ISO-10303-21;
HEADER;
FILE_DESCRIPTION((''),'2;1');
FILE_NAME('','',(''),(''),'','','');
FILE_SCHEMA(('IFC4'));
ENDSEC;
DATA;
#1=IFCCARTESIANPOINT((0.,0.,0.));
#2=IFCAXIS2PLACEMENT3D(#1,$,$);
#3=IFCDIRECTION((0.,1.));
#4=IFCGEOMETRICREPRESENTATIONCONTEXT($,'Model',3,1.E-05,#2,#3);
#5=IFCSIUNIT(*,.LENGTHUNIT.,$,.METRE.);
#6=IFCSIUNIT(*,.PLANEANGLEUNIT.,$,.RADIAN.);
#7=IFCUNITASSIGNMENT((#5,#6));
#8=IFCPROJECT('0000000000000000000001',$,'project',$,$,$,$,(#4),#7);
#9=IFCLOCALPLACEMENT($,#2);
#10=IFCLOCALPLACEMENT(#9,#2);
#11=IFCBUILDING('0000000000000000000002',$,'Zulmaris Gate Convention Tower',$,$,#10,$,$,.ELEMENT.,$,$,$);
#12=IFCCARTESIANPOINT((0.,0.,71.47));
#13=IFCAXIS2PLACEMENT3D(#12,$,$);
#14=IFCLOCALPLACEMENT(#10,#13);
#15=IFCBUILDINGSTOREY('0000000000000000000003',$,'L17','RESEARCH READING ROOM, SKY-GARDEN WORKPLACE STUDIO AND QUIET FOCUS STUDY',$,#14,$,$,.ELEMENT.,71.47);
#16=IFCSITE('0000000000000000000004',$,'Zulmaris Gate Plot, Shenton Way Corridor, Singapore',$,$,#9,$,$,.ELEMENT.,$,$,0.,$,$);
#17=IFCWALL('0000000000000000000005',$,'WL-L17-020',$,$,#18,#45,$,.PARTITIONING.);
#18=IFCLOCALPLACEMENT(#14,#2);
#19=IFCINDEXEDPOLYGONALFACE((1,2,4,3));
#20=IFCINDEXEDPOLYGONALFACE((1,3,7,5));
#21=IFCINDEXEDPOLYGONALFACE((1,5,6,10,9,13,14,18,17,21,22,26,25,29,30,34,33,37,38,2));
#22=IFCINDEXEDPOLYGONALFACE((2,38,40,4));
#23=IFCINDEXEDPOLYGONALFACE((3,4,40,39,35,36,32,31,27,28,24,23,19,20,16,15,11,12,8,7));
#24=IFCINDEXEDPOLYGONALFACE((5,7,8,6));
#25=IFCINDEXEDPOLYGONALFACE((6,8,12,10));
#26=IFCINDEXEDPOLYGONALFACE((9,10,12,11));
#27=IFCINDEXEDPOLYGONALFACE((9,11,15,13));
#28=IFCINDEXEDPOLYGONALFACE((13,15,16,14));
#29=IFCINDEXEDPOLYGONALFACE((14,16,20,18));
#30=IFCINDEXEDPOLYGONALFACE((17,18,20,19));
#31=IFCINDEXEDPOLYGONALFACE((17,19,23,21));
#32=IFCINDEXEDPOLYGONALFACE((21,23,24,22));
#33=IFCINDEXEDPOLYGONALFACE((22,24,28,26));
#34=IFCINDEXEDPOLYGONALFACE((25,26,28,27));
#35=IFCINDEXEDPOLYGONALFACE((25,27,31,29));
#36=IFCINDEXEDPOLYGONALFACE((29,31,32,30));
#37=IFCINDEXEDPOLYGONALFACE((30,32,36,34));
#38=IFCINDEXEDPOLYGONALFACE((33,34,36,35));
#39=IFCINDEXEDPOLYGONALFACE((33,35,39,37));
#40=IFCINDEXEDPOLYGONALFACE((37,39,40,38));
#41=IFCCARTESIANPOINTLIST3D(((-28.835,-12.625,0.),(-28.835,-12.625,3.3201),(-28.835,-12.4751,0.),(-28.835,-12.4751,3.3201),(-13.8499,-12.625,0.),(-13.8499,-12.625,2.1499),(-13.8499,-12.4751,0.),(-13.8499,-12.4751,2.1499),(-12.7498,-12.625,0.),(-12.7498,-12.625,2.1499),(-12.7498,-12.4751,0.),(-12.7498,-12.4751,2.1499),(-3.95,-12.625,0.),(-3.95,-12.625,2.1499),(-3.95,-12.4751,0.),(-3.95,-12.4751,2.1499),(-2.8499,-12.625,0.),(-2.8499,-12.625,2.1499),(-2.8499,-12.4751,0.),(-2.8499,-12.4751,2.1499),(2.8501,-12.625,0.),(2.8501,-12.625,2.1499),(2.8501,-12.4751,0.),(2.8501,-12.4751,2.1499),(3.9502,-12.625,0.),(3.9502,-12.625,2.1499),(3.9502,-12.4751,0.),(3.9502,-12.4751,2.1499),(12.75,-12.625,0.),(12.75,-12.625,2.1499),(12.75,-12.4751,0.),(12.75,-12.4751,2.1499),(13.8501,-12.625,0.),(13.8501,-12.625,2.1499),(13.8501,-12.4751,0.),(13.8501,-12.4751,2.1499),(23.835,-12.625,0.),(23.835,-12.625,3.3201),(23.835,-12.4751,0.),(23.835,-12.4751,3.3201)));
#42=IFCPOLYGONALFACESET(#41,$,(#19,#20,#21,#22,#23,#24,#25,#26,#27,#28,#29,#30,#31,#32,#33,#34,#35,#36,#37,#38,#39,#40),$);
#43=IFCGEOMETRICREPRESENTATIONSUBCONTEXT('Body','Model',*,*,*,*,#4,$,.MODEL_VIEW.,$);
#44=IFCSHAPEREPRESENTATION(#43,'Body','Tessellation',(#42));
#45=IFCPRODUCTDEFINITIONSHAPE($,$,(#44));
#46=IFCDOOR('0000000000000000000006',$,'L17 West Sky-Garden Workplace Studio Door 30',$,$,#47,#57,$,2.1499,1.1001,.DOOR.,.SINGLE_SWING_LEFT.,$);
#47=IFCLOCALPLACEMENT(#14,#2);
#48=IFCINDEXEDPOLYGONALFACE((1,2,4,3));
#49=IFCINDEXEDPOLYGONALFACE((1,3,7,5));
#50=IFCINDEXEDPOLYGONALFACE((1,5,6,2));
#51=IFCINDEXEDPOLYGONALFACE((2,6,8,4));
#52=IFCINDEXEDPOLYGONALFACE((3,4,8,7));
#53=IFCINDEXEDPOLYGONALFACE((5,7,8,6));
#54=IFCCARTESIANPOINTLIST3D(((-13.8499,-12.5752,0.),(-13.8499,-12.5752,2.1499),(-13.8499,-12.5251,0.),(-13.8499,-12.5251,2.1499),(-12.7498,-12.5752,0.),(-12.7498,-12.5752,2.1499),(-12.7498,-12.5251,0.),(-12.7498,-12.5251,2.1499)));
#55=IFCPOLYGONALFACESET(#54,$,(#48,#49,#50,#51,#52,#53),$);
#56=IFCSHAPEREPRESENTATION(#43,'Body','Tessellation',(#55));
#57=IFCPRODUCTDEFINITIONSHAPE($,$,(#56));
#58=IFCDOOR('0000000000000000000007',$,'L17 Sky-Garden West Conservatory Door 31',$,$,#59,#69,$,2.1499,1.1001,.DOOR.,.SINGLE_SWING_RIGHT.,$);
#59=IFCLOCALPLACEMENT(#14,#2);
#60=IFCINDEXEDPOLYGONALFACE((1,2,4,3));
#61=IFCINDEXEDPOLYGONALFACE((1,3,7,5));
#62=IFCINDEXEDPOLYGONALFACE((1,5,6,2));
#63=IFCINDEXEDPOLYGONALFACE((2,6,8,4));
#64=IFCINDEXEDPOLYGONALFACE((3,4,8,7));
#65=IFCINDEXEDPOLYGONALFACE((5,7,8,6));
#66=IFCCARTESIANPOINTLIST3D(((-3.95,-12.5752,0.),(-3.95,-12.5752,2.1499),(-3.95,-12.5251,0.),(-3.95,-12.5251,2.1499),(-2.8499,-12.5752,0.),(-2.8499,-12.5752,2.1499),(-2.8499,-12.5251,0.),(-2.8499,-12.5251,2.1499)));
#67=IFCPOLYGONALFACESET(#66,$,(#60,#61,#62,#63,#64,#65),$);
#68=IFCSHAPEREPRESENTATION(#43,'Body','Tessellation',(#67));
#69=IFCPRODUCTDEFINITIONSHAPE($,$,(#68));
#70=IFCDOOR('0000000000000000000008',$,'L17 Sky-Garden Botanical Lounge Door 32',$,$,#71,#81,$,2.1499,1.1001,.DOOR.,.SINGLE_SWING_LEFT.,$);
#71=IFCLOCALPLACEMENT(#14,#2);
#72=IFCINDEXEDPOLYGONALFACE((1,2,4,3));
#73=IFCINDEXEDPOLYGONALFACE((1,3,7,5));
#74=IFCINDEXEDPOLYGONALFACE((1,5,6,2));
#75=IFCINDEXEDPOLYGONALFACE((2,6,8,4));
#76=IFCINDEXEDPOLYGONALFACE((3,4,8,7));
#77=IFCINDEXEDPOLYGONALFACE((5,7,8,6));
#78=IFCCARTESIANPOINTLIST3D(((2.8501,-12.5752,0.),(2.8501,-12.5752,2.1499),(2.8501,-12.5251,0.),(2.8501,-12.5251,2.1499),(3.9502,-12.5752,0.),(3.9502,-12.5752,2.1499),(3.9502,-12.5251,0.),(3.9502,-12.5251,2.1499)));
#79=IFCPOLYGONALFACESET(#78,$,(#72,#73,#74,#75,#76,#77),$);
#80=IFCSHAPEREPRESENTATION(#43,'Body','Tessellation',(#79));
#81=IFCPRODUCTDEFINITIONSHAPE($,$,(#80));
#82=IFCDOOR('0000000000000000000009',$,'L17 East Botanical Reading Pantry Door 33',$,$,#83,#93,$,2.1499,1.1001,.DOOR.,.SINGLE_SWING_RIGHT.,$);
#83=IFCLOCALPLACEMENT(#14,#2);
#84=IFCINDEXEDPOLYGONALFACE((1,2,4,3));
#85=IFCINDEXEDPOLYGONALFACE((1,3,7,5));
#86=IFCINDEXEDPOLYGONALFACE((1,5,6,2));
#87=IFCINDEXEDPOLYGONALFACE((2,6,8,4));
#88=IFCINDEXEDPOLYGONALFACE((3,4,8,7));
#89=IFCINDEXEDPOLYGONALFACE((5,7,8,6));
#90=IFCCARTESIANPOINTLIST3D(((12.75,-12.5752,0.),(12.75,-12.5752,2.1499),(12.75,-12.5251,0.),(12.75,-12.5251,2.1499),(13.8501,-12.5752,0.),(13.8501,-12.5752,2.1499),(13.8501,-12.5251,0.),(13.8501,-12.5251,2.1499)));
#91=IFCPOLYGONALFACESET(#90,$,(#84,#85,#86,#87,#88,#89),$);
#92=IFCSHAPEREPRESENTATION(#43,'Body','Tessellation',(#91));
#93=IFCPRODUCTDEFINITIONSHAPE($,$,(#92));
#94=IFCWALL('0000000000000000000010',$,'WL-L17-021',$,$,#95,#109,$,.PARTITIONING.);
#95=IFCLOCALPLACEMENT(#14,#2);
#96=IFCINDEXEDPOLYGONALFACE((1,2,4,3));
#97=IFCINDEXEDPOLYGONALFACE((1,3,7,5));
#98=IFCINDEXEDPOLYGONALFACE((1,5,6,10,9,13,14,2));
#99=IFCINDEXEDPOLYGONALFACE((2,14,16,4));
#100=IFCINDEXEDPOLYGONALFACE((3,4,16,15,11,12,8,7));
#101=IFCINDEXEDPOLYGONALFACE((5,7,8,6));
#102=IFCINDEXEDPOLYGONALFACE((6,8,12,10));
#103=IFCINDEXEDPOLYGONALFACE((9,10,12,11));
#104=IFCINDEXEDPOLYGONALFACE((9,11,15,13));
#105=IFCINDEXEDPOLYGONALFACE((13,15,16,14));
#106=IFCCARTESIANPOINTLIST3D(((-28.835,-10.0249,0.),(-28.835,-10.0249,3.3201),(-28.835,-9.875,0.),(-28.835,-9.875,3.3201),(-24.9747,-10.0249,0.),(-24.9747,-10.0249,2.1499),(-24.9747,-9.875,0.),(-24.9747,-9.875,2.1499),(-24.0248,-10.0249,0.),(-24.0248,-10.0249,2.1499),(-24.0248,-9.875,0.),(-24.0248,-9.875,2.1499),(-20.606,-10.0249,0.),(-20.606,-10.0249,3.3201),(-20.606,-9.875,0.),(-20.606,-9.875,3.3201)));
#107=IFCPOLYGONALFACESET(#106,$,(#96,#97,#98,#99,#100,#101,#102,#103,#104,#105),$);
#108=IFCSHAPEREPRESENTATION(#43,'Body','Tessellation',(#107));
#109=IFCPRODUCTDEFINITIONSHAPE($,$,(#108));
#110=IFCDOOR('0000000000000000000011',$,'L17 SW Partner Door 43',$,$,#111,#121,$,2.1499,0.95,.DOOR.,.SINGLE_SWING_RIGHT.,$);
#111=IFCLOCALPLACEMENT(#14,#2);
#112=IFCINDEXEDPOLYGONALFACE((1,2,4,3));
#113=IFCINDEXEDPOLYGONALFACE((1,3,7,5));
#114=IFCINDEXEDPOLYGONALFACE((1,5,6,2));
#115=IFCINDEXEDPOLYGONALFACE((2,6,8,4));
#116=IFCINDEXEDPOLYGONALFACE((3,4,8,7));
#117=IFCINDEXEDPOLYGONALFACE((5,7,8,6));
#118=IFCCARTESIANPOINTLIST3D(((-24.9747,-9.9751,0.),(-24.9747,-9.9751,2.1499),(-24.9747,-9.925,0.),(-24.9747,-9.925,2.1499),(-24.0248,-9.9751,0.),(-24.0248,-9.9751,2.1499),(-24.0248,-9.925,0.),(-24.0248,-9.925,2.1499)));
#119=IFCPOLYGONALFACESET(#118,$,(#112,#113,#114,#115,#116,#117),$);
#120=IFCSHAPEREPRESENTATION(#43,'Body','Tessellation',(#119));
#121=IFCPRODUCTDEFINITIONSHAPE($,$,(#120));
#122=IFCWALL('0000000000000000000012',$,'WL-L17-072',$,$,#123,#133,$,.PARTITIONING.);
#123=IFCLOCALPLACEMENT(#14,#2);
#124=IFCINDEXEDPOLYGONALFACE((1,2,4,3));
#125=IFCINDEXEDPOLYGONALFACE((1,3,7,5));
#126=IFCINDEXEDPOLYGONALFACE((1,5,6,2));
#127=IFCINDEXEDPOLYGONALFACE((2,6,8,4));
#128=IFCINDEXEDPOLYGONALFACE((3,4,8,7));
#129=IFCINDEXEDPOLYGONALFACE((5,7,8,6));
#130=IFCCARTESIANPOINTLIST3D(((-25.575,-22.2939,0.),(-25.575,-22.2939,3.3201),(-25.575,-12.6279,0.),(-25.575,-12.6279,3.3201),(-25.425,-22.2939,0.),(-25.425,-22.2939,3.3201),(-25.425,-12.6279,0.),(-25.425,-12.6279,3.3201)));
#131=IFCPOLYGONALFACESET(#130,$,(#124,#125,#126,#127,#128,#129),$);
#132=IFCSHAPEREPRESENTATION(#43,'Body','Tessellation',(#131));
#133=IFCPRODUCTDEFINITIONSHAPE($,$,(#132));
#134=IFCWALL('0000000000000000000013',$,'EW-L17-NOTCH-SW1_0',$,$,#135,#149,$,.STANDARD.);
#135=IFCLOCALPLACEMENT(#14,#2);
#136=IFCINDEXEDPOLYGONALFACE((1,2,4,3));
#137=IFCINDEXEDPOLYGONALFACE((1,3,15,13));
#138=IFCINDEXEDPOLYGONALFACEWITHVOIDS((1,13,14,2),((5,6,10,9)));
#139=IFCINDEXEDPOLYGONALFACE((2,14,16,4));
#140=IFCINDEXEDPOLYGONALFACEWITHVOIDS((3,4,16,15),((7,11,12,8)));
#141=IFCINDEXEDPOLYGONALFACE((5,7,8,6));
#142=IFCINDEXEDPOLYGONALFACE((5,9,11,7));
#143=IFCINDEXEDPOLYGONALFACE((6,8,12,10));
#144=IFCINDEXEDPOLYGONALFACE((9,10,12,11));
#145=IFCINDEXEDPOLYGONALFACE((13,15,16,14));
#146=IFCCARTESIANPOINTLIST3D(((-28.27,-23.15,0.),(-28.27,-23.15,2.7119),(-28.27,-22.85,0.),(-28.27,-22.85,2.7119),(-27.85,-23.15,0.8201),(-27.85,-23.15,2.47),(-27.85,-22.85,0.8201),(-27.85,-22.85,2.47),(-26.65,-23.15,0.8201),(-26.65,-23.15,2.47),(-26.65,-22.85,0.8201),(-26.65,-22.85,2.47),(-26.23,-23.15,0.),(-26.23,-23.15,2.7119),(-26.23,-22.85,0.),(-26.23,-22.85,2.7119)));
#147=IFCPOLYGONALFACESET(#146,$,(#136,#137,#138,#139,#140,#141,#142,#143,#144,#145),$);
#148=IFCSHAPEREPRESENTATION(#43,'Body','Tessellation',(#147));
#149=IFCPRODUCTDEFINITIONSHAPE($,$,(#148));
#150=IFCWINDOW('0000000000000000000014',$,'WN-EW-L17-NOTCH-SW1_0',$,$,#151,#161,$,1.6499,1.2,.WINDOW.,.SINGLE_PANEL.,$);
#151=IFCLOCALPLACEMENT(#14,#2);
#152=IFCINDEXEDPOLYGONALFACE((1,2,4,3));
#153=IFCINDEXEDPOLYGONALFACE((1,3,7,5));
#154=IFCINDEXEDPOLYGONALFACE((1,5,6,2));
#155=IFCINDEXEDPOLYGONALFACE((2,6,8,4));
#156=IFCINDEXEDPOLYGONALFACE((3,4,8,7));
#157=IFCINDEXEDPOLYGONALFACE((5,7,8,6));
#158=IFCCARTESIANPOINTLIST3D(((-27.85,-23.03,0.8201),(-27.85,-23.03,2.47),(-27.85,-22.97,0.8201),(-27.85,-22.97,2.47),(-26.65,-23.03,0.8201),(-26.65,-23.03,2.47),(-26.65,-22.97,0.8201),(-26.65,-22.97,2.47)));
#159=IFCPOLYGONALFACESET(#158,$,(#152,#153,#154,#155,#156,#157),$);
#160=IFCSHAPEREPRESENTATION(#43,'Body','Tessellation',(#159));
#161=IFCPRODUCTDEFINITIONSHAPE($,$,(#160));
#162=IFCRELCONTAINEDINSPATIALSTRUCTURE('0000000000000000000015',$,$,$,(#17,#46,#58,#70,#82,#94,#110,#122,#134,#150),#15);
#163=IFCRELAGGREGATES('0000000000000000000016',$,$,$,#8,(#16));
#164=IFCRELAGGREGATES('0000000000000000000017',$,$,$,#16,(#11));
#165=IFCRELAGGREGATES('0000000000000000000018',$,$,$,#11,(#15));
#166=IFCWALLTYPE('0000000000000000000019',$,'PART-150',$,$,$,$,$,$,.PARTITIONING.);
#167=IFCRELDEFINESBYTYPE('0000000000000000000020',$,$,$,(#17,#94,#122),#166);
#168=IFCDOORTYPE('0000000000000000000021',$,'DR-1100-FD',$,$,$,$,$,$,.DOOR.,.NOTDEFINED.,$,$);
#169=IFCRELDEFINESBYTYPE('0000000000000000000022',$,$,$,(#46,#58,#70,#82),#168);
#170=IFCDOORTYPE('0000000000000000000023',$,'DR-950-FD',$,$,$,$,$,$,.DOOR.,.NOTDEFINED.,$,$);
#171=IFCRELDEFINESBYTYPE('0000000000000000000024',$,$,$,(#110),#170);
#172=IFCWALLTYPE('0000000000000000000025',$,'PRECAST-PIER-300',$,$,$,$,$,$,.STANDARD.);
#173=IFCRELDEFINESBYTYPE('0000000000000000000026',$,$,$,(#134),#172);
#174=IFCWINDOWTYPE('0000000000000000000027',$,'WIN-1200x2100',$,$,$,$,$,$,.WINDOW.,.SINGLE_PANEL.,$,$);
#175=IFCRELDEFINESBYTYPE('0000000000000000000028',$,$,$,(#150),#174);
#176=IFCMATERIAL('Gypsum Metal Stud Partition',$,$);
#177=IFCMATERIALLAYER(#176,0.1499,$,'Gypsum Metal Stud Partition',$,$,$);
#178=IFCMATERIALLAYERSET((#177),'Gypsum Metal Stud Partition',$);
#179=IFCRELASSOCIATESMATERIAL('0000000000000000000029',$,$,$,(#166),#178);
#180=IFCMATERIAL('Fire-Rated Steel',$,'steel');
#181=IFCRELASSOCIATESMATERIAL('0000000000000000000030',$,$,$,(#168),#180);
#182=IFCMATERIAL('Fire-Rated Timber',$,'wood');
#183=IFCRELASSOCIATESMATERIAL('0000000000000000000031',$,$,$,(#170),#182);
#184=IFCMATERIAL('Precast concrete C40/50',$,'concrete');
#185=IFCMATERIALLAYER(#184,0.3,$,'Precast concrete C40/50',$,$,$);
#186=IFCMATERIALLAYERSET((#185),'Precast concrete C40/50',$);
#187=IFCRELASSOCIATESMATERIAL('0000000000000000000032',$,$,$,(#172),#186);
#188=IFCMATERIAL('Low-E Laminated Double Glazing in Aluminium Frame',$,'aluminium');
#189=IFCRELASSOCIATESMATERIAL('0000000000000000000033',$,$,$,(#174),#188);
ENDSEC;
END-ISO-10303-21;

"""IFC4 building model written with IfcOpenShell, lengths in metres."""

from ifc_helpers import new_model, si_unit, direction, frame, frame_2d, origin, place, context, subcontext, project, spatial, rectangle, extrude, material, layer, layer_set, type_object, element, fill, save


model = new_model("IFC4")

# Units and contexts
model_context = context("Model", 3, precision=1e-05, world=origin(), true_north=direction((0.0, 1.0)))
body_context = subcontext(model_context, "Body", "Model", "MODEL_VIEW")
ifc_project = project(units=[si_unit("LENGTHUNIT", "METRE"), si_unit("PLANEANGLEUNIT", "RADIAN")], contexts=[model_context])

# Site, building, storey
site_placement = place(None, origin())
site = spatial("IfcSite", under=ifc_project, at=site_placement, Name="Zulmaris Gate Plot, Shenton Way Corridor, Singapore", CompositionType="ELEMENT", RefElevation=0.0)
building_placement = place(site_placement, origin())
building = spatial("IfcBuilding", under=site, at=building_placement, Name="Zulmaris Gate Convention Tower", CompositionType="ELEMENT")
storey_placement = place(building_placement, frame((0.0, 0.0, 71.47)))
storey = spatial("IfcBuildingStorey", under=building, at=storey_placement, Name="L17", Description="RESEARCH READING ROOM, SKY-GARDEN WORKPLACE STUDIO AND QUIET FOCUS STUDY", CompositionType="ELEMENT", Elevation=71.47)

# Shared definitions
ifc_material_1 = material(Name="Fire-Rated Steel", Category="steel")

# Wall, openings, doors
ifc_material_2 = material(Name="Gypsum Metal Stud Partition")
ifc_layer_1 = layer(ifc_material_2, 0.1499, Name="Gypsum Metal Stud Partition")
ifc_layer_set_1 = layer_set([ifc_layer_1], Name="Gypsum Metal Stud Partition")
wall_type_1 = type_object("IfcWallType", Name="PART-150", PredefinedType="PARTITIONING", material=ifc_layer_set_1)
wall_1_placement = place(storey_placement, frame((-28.835, -12.55, 0.0), z_axis=(0.0, 0.0, 1.0), x_axis=(1.0, 0.0, 0.0)))
wall_1 = element("IfcWall", 1, at=wall_1_placement, inside=storey, type_object=wall_type_1, Name="WL-L17-020", PredefinedType="PARTITIONING", context=body_context, shape_type="SweptSolid", body=[
    extrude(rectangle(XDim=52.6699, YDim=0.1499, at=frame_2d((26.335, 0.0))), origin(), (0.0, 0.0, 1.0), 3.3201),
])
opening_1_placement = place(wall_1_placement, frame((14.9851, 0.0, 0.0)))
opening_1 = element("IfcOpeningElement", 2, at=opening_1_placement, cuts=wall_1, PredefinedType="OPENING", context=body_context, shape_type="SweptSolid", body=[
    extrude(rectangle(XDim=1.1001, YDim=2.1499, at=frame_2d((0.55, 1.075))), frame((0.0, 0.085, 0.0), z_axis=(0.0, -1.0, 0.0), x_axis=(1.0, 0.0, 0.0)), (0.0, 0.0, 1.0), 0.1699),
])
opening_2_placement = place(wall_1_placement, frame((24.885, 0.0, 0.0)))
opening_2 = element("IfcOpeningElement", 3, at=opening_2_placement, cuts=wall_1, PredefinedType="OPENING", context=body_context, shape_type="SweptSolid", body=[
    extrude(rectangle(XDim=1.1001, YDim=2.1499, at=frame_2d((0.55, 1.075))), frame((0.0, 0.085, 0.0), z_axis=(0.0, -1.0, 0.0), x_axis=(1.0, 0.0, 0.0)), (0.0, 0.0, 1.0), 0.1699),
])
opening_3_placement = place(wall_1_placement, frame((31.6851, 0.0, 0.0)))
opening_3 = element("IfcOpeningElement", 4, at=opening_3_placement, cuts=wall_1, PredefinedType="OPENING", context=body_context, shape_type="SweptSolid", body=[
    extrude(rectangle(XDim=1.1001, YDim=2.1499, at=frame_2d((0.55, 1.075))), frame((0.0, 0.085, 0.0), z_axis=(0.0, -1.0, 0.0), x_axis=(1.0, 0.0, 0.0)), (0.0, 0.0, 1.0), 0.1699),
])
opening_4_placement = place(wall_1_placement, frame((41.585, 0.0, 0.0)))
opening_4 = element("IfcOpeningElement", 5, at=opening_4_placement, cuts=wall_1, PredefinedType="OPENING", context=body_context, shape_type="SweptSolid", body=[
    extrude(rectangle(XDim=1.1001, YDim=2.1499, at=frame_2d((0.55, 1.075))), frame((0.0, 0.085, 0.0), z_axis=(0.0, -1.0, 0.0), x_axis=(1.0, 0.0, 0.0)), (0.0, 0.0, 1.0), 0.1699),
])
door_type_1 = type_object("IfcDoorType", Name="DR-1100-FD", OperationType="NOTDEFINED", PredefinedType="DOOR", material=ifc_material_1)
door_1_placement = place(opening_1_placement, origin())
door_1 = element("IfcDoor", 6, at=door_1_placement, inside=storey, type_object=door_type_1, Name="L17 West Sky-Garden Workplace Studio Door 30", OperationType="SINGLE_SWING_LEFT", OverallHeight=2.1499, OverallWidth=1.1001, PredefinedType="DOOR", context=body_context, shape_type="SweptSolid", body=[
    extrude(rectangle(XDim=1.1001, YDim=2.1499, at=frame_2d((0.55, 1.075))), frame((0.0, 0.0249, 0.0), z_axis=(0.0, -1.0, 0.0), x_axis=(1.0, 0.0, 0.0)), (0.0, 0.0, 1.0), 0.05),
])
fill(opening_1, door_1)
door_2_placement = place(opening_2_placement, origin())
door_2 = element("IfcDoor", 7, at=door_2_placement, inside=storey, type_object=door_type_1, Name="L17 Sky-Garden West Conservatory Door 31", OperationType="SINGLE_SWING_RIGHT", OverallHeight=2.1499, OverallWidth=1.1001, PredefinedType="DOOR", context=body_context, shape_type="SweptSolid", body=[
    extrude(rectangle(XDim=1.1001, YDim=2.1499, at=frame_2d((0.55, 1.075))), frame((0.0, 0.0249, 0.0), z_axis=(0.0, -1.0, 0.0), x_axis=(1.0, 0.0, 0.0)), (0.0, 0.0, 1.0), 0.05),
])
fill(opening_2, door_2)
door_3_placement = place(opening_3_placement, origin())
door_3 = element("IfcDoor", 8, at=door_3_placement, inside=storey, type_object=door_type_1, Name="L17 Sky-Garden Botanical Lounge Door 32", OperationType="SINGLE_SWING_LEFT", OverallHeight=2.1499, OverallWidth=1.1001, PredefinedType="DOOR", context=body_context, shape_type="SweptSolid", body=[
    extrude(rectangle(XDim=1.1001, YDim=2.1499, at=frame_2d((0.55, 1.075))), frame((0.0, 0.0249, 0.0), z_axis=(0.0, -1.0, 0.0), x_axis=(1.0, 0.0, 0.0)), (0.0, 0.0, 1.0), 0.05),
])
fill(opening_3, door_3)
door_4_placement = place(opening_4_placement, origin())
door_4 = element("IfcDoor", 9, at=door_4_placement, inside=storey, type_object=door_type_1, Name="L17 East Botanical Reading Pantry Door 33", OperationType="SINGLE_SWING_RIGHT", OverallHeight=2.1499, OverallWidth=1.1001, PredefinedType="DOOR", context=body_context, shape_type="SweptSolid", body=[
    extrude(rectangle(XDim=1.1001, YDim=2.1499, at=frame_2d((0.55, 1.075))), frame((0.0, 0.0249, 0.0), z_axis=(0.0, -1.0, 0.0), x_axis=(1.0, 0.0, 0.0)), (0.0, 0.0, 1.0), 0.05),
])
fill(opening_4, door_4)

# Wall, opening, door
wall_2_placement = place(storey_placement, frame((-28.835, -9.95, 0.0), z_axis=(0.0, 0.0, 1.0), x_axis=(1.0, 0.0, 0.0)))
wall_2 = element("IfcWall", 10, at=wall_2_placement, inside=storey, type_object=wall_type_1, Name="WL-L17-021", PredefinedType="PARTITIONING", context=body_context, shape_type="SweptSolid", body=[
    extrude(rectangle(XDim=8.229, YDim=0.1499, at=frame_2d((4.1145, 0.0))), origin(), (0.0, 0.0, 1.0), 3.3201),
])
opening_5_placement = place(wall_2_placement, frame((3.8601, 0.0, 0.0)))
opening_5 = element("IfcOpeningElement", 11, at=opening_5_placement, cuts=wall_2, PredefinedType="OPENING", context=body_context, shape_type="SweptSolid", body=[
    extrude(rectangle(XDim=0.95, YDim=2.1499, at=frame_2d((0.4751, 1.075))), frame((0.0, 0.085, 0.0), z_axis=(0.0, -1.0, 0.0), x_axis=(1.0, 0.0, 0.0)), (0.0, 0.0, 1.0), 0.1699),
])
ifc_material_3 = material(Name="Fire-Rated Timber", Category="wood")
door_type_2 = type_object("IfcDoorType", Name="DR-950-FD", OperationType="NOTDEFINED", PredefinedType="DOOR", material=ifc_material_3)
door_5_placement = place(opening_5_placement, origin())
door_5 = element("IfcDoor", 12, at=door_5_placement, inside=storey, type_object=door_type_2, Name="L17 SW Partner Door 43", OperationType="SINGLE_SWING_RIGHT", OverallHeight=2.1499, OverallWidth=0.95, PredefinedType="DOOR", context=body_context, shape_type="SweptSolid", body=[
    extrude(rectangle(XDim=0.95, YDim=2.1499, at=frame_2d((0.4751, 1.075))), frame((0.0, 0.0249, 0.0), z_axis=(0.0, -1.0, 0.0), x_axis=(1.0, 0.0, 0.0)), (0.0, 0.0, 1.0), 0.05),
])
fill(opening_5, door_5)

# Wall
wall_3_placement = place(storey_placement, frame((-25.5, -22.2939, 0.0), z_axis=(0.0, 0.0, 1.0), x_axis=(0.0, 1.0, 0.0)))
element("IfcWall", 13, at=wall_3_placement, inside=storey, type_object=wall_type_1, Name="WL-L17-072", PredefinedType="PARTITIONING", context=body_context, shape_type="SweptSolid", body=[
    extrude(rectangle(XDim=9.666, YDim=0.1499, at=frame_2d((4.833, 0.0))), origin(), (0.0, 0.0, 1.0), 3.3201),
])

# Wall, opening, window
ifc_material_4 = material(Name="Precast concrete C40/50", Category="concrete")
ifc_layer_2 = layer(ifc_material_4, 0.3, Name="Precast concrete C40/50")
ifc_layer_set_2 = layer_set([ifc_layer_2], Name="Precast concrete C40/50")
wall_type_2 = type_object("IfcWallType", Name="PRECAST-PIER-300", PredefinedType="STANDARD", material=ifc_layer_set_2)
wall_4_placement = place(storey_placement, frame((-28.27, -23.0, 0.0), z_axis=(0.0, 0.0, 1.0), x_axis=(1.0, 0.0, 0.0)))
wall_4 = element("IfcWall", 14, at=wall_4_placement, inside=storey, type_object=wall_type_2, Name="EW-L17-NOTCH-SW1_0", PredefinedType="STANDARD", context=body_context, shape_type="SweptSolid", body=[
    extrude(rectangle(XDim=2.04, YDim=0.3, at=frame_2d((1.02, 0.0))), origin(), (0.0, 0.0, 1.0), 2.7119),
])
opening_6_placement = place(wall_4_placement, frame((0.4199, 0.0, 0.8201)))
opening_6 = element("IfcOpeningElement", 15, at=opening_6_placement, cuts=wall_4, PredefinedType="OPENING", context=body_context, shape_type="SweptSolid", body=[
    extrude(rectangle(XDim=1.2, YDim=1.6499, at=frame_2d((0.6001, 0.825))), frame((0.0, 0.1602, 0.0), z_axis=(0.0, -1.0, 0.0), x_axis=(1.0, 0.0, 0.0)), (0.0, 0.0, 1.0), 0.3201),
])
ifc_material_5 = material(Name="Low-E Laminated Double Glazing in Aluminium Frame", Category="aluminium")
window_type = type_object("IfcWindowType", Name="WIN-1200x2100", PartitioningType="SINGLE_PANEL", PredefinedType="WINDOW", material=ifc_material_5)
window_placement = place(opening_6_placement, origin())
window = element("IfcWindow", 16, at=window_placement, inside=storey, type_object=window_type, Name="WN-EW-L17-NOTCH-SW1_0", OverallHeight=1.6499, OverallWidth=1.2, PartitioningType="SINGLE_PANEL", PredefinedType="WINDOW", context=body_context, shape_type="SweptSolid", body=[
    extrude(rectangle(XDim=1.2, YDim=1.6499, at=frame_2d((0.6001, 0.825))), frame((0.0, 0.03, 0.0), z_axis=(0.0, -1.0, 0.0), x_axis=(1.0, 0.0, 0.0)), (0.0, 0.0, 1.0), 0.0601),
])
fill(opening_6, window)

save(model, "model.ifc")
